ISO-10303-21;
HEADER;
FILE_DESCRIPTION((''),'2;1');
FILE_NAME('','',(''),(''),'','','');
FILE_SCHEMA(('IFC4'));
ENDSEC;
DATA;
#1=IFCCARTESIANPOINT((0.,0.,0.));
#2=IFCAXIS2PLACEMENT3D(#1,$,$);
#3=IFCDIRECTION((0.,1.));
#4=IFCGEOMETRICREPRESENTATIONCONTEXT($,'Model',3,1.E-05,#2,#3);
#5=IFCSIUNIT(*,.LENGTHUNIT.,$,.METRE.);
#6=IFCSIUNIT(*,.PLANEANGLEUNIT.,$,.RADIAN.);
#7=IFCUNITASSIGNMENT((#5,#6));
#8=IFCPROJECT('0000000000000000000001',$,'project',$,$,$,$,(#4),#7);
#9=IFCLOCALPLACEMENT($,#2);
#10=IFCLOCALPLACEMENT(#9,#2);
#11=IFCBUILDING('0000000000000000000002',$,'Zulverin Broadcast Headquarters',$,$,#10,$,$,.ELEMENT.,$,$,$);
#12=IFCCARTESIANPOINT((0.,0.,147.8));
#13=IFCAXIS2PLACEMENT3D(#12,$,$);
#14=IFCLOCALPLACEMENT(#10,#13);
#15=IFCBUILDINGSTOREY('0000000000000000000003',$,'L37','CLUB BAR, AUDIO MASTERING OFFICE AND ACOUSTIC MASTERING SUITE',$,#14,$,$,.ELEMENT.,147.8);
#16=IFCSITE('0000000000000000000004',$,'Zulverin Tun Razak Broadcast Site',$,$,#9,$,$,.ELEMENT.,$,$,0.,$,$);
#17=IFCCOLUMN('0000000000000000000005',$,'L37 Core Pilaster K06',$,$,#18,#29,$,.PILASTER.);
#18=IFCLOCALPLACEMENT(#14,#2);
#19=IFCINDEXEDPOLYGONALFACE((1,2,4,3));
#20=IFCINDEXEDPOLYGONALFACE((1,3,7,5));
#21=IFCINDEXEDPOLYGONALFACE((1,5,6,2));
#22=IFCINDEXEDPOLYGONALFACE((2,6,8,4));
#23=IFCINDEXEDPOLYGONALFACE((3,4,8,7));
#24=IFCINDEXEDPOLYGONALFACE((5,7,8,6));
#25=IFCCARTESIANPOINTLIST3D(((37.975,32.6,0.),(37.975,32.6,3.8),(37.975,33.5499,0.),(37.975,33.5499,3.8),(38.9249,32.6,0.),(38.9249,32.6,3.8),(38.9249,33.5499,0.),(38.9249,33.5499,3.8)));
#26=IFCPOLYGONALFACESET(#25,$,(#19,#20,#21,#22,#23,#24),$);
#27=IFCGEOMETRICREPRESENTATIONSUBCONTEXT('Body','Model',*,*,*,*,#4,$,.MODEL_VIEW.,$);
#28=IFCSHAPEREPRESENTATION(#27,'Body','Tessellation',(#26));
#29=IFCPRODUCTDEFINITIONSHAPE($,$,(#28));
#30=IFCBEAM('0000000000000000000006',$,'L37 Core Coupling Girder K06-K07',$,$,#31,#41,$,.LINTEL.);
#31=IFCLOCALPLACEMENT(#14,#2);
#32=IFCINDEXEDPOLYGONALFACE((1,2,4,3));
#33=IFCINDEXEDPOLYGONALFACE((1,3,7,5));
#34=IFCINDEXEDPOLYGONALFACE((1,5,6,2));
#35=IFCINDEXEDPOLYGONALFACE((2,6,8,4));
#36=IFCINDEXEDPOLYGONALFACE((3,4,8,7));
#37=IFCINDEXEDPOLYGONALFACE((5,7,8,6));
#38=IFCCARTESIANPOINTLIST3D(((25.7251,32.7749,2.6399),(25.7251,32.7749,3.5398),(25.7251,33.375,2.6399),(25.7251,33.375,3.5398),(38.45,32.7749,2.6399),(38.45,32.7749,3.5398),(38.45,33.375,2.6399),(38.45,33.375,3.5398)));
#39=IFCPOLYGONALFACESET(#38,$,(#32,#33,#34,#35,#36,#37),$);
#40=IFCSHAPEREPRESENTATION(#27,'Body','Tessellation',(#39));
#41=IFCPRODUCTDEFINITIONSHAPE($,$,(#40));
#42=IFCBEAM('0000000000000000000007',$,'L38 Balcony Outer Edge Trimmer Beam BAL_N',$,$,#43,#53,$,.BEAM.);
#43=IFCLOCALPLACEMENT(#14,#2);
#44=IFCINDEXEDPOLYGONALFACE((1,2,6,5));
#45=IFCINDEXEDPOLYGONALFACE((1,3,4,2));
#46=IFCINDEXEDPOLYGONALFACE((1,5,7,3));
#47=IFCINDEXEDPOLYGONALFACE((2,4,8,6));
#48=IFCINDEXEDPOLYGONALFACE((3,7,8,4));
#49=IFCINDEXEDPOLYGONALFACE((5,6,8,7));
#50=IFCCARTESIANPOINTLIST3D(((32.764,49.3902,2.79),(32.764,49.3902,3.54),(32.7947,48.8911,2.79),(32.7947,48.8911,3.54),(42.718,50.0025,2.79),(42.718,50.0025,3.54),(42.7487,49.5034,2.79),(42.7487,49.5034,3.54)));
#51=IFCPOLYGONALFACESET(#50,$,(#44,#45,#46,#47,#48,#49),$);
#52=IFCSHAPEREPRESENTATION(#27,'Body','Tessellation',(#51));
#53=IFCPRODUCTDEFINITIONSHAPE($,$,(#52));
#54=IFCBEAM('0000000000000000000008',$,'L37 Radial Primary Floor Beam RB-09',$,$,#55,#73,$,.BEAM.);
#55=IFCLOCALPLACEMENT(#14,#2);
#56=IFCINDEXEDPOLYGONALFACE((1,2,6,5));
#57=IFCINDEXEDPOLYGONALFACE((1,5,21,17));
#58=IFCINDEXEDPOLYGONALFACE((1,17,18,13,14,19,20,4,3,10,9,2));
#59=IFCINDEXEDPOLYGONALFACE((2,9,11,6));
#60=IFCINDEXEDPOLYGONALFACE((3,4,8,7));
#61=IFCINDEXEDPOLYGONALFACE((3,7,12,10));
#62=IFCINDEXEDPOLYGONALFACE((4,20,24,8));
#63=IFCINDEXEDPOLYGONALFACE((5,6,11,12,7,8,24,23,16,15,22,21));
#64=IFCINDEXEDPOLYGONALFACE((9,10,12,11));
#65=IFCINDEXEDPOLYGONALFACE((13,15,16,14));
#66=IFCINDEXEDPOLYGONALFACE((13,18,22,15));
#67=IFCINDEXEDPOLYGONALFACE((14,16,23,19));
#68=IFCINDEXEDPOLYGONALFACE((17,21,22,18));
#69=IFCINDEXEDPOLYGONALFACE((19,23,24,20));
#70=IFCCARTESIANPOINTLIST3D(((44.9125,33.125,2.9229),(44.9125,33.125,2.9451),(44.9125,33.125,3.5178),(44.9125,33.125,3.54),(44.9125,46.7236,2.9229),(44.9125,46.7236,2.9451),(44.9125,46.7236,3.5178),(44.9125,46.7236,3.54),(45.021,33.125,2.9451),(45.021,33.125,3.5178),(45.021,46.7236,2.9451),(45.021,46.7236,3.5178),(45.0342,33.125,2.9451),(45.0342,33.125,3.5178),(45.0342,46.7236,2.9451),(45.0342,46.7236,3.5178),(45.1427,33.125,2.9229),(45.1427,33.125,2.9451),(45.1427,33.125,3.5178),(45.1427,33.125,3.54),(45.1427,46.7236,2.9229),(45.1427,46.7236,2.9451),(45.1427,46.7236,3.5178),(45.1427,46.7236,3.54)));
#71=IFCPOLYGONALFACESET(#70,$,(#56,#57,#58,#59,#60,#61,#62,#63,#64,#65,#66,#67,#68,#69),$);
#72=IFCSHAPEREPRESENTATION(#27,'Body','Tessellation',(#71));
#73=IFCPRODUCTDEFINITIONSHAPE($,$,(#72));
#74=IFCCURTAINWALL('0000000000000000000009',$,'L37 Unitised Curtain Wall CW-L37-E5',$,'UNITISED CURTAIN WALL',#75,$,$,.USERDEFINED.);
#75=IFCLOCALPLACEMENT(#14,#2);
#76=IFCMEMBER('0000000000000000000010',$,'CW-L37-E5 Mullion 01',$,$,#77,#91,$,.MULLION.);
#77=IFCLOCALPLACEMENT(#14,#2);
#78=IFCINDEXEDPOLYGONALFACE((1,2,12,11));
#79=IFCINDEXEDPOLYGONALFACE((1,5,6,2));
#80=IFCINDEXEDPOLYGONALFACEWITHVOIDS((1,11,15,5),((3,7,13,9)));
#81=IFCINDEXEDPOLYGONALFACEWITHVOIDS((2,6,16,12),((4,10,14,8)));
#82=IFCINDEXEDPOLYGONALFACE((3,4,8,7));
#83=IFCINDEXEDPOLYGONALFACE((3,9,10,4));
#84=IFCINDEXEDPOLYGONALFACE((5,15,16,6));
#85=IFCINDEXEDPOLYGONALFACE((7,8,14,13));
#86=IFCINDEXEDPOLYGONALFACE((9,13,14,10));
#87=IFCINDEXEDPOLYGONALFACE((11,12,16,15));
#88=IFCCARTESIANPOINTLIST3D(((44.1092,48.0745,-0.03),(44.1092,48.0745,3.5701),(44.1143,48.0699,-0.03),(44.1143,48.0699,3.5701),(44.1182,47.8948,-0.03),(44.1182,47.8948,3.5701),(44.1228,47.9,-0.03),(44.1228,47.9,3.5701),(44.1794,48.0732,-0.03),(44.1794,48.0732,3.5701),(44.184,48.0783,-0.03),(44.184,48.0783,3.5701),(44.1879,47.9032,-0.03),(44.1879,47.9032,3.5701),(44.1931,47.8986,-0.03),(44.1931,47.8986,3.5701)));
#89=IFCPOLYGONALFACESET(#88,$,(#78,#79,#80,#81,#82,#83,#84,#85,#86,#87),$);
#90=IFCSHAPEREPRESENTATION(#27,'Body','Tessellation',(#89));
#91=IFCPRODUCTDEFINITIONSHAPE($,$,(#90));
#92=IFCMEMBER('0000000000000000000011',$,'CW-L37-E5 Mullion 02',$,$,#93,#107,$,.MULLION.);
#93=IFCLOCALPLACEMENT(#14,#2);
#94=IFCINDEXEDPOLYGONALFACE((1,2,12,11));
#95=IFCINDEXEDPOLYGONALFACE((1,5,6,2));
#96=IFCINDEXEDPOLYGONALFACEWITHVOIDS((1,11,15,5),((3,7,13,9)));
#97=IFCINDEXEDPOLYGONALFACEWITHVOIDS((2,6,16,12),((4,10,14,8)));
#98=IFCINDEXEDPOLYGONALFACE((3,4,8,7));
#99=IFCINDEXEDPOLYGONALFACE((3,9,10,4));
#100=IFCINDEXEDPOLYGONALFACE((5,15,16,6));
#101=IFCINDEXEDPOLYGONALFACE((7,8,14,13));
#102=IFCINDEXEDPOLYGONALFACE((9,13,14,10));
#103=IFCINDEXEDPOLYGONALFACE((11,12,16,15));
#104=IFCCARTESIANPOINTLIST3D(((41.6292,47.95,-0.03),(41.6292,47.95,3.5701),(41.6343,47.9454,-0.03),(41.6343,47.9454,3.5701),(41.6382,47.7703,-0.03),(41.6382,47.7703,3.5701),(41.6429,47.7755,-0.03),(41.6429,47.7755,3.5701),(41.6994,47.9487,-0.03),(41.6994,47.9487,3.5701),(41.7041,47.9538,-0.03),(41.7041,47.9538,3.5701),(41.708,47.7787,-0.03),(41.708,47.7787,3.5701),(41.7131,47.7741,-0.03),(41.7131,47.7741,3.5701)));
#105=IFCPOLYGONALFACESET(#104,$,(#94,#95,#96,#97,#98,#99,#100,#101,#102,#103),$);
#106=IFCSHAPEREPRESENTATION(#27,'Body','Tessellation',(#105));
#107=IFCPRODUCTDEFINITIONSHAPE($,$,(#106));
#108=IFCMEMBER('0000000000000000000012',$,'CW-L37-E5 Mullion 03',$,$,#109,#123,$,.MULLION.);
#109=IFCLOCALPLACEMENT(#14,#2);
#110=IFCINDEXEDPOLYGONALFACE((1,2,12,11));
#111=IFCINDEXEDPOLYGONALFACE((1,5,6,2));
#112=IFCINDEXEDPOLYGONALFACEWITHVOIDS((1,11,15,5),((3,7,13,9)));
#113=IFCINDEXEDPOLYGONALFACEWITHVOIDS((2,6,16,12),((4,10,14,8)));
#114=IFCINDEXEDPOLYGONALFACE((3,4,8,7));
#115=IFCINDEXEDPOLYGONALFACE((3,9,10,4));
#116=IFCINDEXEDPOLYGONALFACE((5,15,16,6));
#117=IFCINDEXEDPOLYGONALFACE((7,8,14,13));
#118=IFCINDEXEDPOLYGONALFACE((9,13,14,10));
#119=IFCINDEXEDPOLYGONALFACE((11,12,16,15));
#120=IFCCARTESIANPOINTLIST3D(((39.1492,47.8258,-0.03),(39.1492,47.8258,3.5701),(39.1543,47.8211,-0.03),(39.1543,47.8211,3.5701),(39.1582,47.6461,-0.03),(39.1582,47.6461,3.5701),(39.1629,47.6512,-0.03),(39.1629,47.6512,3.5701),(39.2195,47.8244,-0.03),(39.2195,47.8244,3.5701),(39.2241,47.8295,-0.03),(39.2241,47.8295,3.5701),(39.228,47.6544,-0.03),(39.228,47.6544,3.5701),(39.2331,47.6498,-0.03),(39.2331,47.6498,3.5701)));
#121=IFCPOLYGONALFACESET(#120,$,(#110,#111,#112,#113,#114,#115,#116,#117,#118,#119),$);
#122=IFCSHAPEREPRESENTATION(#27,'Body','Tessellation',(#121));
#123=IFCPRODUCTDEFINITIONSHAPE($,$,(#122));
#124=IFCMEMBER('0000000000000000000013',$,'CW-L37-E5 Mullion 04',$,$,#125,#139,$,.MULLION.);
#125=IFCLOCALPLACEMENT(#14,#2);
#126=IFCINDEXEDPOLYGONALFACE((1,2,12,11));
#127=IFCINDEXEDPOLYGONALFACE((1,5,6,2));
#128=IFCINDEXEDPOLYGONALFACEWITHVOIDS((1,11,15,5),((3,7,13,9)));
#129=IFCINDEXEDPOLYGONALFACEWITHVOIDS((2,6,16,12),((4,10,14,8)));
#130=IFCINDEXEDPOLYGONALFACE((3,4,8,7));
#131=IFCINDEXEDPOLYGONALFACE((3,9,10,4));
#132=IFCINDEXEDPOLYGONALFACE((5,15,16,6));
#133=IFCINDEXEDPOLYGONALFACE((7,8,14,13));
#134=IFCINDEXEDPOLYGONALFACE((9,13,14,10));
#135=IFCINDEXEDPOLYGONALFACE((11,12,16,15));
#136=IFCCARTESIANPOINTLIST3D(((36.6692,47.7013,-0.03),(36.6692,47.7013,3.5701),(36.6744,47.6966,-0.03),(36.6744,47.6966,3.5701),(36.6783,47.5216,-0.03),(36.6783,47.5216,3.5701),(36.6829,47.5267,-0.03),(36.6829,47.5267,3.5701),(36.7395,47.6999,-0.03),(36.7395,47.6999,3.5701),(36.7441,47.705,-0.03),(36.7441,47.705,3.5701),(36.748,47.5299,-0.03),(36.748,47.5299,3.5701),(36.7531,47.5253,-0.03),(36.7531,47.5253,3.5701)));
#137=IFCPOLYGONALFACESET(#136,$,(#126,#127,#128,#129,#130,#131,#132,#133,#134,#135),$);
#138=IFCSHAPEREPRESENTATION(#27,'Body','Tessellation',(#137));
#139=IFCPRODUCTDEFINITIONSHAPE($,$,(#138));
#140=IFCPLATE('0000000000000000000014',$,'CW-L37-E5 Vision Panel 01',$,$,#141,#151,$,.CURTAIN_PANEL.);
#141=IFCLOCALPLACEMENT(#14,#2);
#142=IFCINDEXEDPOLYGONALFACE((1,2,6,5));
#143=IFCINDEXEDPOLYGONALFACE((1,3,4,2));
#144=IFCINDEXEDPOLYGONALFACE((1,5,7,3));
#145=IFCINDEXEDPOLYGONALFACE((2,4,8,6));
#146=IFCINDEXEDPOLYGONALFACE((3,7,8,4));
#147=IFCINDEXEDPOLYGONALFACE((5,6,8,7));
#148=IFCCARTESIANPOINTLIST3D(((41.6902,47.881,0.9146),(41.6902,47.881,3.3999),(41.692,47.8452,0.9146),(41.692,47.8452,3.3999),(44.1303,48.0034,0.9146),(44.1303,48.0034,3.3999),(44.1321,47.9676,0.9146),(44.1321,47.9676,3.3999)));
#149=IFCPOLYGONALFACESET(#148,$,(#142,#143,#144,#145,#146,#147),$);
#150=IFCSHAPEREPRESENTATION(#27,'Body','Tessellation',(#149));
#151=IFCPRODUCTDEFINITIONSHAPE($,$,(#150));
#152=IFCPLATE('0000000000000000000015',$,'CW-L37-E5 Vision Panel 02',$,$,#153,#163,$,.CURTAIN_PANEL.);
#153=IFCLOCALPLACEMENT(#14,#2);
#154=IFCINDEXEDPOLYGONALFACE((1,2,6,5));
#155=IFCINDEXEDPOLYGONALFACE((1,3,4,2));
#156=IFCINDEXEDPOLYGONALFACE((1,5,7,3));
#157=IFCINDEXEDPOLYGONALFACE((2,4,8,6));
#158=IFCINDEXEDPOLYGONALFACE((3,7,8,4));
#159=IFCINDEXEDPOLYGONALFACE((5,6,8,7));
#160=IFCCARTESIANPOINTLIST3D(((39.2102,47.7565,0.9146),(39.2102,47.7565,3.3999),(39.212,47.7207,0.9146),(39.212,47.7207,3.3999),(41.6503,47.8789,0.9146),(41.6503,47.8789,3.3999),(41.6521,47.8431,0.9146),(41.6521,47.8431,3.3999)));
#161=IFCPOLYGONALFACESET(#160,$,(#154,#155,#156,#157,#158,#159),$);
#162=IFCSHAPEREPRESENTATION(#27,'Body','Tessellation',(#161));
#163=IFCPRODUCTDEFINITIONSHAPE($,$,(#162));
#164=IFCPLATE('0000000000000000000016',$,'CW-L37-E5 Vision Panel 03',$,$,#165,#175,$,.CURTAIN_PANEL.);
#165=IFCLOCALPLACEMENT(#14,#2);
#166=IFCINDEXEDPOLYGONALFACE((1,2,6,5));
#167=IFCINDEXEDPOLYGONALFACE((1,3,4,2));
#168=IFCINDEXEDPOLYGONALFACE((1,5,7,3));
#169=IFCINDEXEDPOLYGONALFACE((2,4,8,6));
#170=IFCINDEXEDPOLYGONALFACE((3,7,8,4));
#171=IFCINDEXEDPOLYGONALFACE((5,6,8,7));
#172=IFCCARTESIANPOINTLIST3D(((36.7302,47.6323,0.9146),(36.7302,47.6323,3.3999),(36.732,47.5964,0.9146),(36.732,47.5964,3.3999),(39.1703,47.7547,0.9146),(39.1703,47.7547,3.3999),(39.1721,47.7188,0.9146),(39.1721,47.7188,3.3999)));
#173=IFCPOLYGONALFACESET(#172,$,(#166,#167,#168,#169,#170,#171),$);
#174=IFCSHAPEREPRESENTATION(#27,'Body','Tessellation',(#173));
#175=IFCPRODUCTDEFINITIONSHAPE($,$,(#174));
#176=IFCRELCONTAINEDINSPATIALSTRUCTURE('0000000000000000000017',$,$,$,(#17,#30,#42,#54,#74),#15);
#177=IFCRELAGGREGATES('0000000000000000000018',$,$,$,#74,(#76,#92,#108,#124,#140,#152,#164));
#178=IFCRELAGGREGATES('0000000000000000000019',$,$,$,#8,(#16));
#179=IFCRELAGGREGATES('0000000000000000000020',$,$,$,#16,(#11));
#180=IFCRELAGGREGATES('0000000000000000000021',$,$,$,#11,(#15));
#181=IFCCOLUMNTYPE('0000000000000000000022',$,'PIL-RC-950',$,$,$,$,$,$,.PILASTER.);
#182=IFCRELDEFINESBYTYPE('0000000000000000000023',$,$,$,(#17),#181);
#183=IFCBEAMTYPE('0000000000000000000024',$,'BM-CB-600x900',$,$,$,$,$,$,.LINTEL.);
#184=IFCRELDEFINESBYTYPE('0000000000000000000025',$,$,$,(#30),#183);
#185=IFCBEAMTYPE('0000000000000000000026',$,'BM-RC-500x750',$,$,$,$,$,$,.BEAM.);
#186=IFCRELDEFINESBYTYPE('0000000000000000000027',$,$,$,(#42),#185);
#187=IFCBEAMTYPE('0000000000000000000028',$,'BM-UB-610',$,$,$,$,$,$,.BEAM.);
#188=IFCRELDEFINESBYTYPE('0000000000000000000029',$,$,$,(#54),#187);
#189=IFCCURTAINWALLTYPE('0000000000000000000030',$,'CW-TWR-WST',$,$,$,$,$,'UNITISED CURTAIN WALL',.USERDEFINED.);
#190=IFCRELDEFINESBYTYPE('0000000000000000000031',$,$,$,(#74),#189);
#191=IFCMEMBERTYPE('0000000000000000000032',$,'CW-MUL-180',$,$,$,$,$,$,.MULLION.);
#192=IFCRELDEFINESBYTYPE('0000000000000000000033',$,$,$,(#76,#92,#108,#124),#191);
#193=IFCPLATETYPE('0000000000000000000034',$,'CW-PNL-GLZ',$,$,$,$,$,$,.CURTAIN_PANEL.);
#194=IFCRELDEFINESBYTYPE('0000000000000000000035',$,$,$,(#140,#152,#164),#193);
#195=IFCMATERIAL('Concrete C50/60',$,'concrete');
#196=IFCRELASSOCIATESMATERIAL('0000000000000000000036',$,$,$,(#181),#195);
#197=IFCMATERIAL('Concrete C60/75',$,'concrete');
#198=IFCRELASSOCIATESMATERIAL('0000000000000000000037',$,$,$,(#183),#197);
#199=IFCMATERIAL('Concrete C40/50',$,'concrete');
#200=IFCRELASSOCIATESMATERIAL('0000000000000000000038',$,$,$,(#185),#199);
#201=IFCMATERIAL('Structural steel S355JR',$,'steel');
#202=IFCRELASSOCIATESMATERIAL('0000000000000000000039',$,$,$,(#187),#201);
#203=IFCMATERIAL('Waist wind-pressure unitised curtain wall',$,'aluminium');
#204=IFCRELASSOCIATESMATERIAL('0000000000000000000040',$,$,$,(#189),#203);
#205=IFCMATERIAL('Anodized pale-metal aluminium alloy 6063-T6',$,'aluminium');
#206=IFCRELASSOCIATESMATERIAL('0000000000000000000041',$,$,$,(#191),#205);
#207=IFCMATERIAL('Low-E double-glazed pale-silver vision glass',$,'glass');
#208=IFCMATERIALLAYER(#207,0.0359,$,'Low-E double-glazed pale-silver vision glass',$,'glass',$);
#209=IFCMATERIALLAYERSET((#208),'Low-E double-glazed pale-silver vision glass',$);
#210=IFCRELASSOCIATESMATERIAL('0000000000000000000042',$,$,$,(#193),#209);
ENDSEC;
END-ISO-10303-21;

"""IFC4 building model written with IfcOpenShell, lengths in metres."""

from ifc_helpers import new_model, si_unit, direction, frame, origin, origin_2d, place, context, subcontext, project, spatial, rectangle, hollow_rectangle, i_section, extrude, material, layer, layer_set, material_profile, profile_set, type_object, element, aggregate, save


model = new_model("IFC4")

# Units and contexts
model_context = context("Model", 3, precision=1e-05, world=origin(), true_north=direction((0.0, 1.0)))
body_context = subcontext(model_context, "Body", "Model", "MODEL_VIEW")
ifc_project = project(units=[si_unit("LENGTHUNIT", "METRE"), si_unit("PLANEANGLEUNIT", "RADIAN")], contexts=[model_context])

# Site, building, storey
site_placement = place(None, origin())
site = spatial("IfcSite", under=ifc_project, at=site_placement, Name="Zulverin Tun Razak Broadcast Site", CompositionType="ELEMENT", RefElevation=0.0)
building_placement = place(site_placement, origin())
building = spatial("IfcBuilding", under=site, at=building_placement, Name="Zulverin Broadcast Headquarters", CompositionType="ELEMENT")
storey_placement = place(building_placement, frame((0.0, 0.0, 147.8)))
storey = spatial("IfcBuildingStorey", under=building, at=storey_placement, Name="L37", Description="CLUB BAR, AUDIO MASTERING OFFICE AND ACOUSTIC MASTERING SUITE", CompositionType="ELEMENT", Elevation=147.8)

# Column
ifc_material_1 = material(Name="Concrete C50/60", Category="concrete")
ifc_material_profile_1 = material_profile(ifc_material_1, rectangle(XDim=0.95, YDim=0.95, at=origin_2d()), Name="Concrete C50/60", Category="concrete")
ifc_profile_set_1 = profile_set([ifc_material_profile_1], Name="Concrete C50/60")
column_type = type_object("IfcColumnType", Name="PIL-RC-950", PredefinedType="PILASTER", material=ifc_profile_set_1)
column_placement = place(storey_placement, frame((38.45, 33.075, 0.0), z_axis=(0.0, 0.0, 1.0), x_axis=(1.0, 0.0, 0.0)))
element("IfcColumn", 1, at=column_placement, inside=storey, type_object=column_type, Name="L37 Core Pilaster K06", PredefinedType="PILASTER", context=body_context, shape_type="SweptSolid", body=[
    extrude(rectangle(XDim=0.95, YDim=0.95, at=origin_2d()), origin(), (0.0, 0.0, 1.0), 3.8),
])

# Beams
ifc_material_2 = material(Name="Concrete C60/75", Category="concrete")
ifc_material_profile_2 = material_profile(ifc_material_2, rectangle(XDim=0.6001, YDim=0.8999, at=origin_2d()), Name="Concrete C60/75", Category="concrete")
ifc_profile_set_2 = profile_set([ifc_material_profile_2], Name="Concrete C60/75")
beam_type_1 = type_object("IfcBeamType", Name="BM-CB-600x900", PredefinedType="LINTEL", material=ifc_profile_set_2)
beam_1_placement = place(storey_placement, frame((38.45, 33.075, 3.0898), z_axis=(-1.0, 0.0, 0.0), x_axis=(0.0, -1.0, 0.0)))
element("IfcBeam", 2, at=beam_1_placement, inside=storey, type_object=beam_type_1, Name="L37 Core Coupling Girder K06-K07", PredefinedType="LINTEL", context=body_context, shape_type="SweptSolid", body=[
    extrude(rectangle(XDim=0.6001, YDim=0.8999, at=origin_2d()), origin(), (0.0, 0.0, 1.0), 12.7249),
])
ifc_material_3 = material(Name="Concrete C40/50", Category="concrete")
ifc_material_profile_3 = material_profile(ifc_material_3, rectangle(XDim=0.5, YDim=0.75, at=origin_2d()), Name="Concrete C40/50", Category="concrete")
ifc_profile_set_3 = profile_set([ifc_material_profile_3], Name="Concrete C40/50")
beam_type_2 = type_object("IfcBeamType", Name="BM-RC-500x750", PredefinedType="BEAM", material=ifc_profile_set_3)
beam_2_placement = place(storey_placement, frame((42.7334, 49.7529, 3.165), z_axis=(-0.998113, -0.061397, 0.0), x_axis=(0.061397, -0.998113, 0.0)))
element("IfcBeam", 3, at=beam_2_placement, inside=storey, type_object=beam_type_2, Name="L38 Balcony Outer Edge Trimmer Beam BAL_N", PredefinedType="BEAM", context=body_context, shape_type="SweptSolid", body=[
    extrude(rectangle(XDim=0.5, YDim=0.75, at=origin_2d()), origin(), (0.0, 0.0, 1.0), 9.9729),
])
ifc_material_4 = material(Name="Structural steel S355JR", Category="steel")
ifc_material_profile_4 = material_profile(ifc_material_4, i_section(OverallWidth=0.2302, OverallDepth=0.6172, WebThickness=0.0132, FlangeThickness=0.0222, at=origin_2d()), Name="Structural steel S355JR", Category="steel")
ifc_profile_set_4 = profile_set([ifc_material_profile_4], Name="Structural steel S355JR")
beam_type_3 = type_object("IfcBeamType", Name="BM-UB-610", PredefinedType="BEAM", material=ifc_profile_set_4)
beam_3_placement = place(storey_placement, frame((45.0276, 33.125, 3.2314), z_axis=(0.0, 1.0, 0.0), x_axis=(-1.0, 0.0, 0.0)))
element("IfcBeam", 4, at=beam_3_placement, inside=storey, type_object=beam_type_3, Name="L37 Radial Primary Floor Beam RB-09", PredefinedType="BEAM", context=body_context, shape_type="SweptSolid", body=[
    extrude(i_section(OverallWidth=0.2302, OverallDepth=0.6172, WebThickness=0.0132, FlangeThickness=0.0222, at=origin_2d()), origin(), (0.0, 0.0, 1.0), 13.5986),
])

# Curtain wall, members, plates
ifc_material_5 = material(Name="Waist wind-pressure unitised curtain wall", Category="aluminium")
curtain_wall_type = type_object("IfcCurtainWallType", Name="CW-TWR-WST", ElementType="UNITISED CURTAIN WALL", PredefinedType="USERDEFINED", material=ifc_material_5)
curtain_wall_placement = place(storey_placement, origin())
curtain_wall = element("IfcCurtainWall", 5, at=curtain_wall_placement, inside=storey, type_object=curtain_wall_type, Name="L37 Unitised Curtain Wall CW-L37-E5", ObjectType="UNITISED CURTAIN WALL", PredefinedType="USERDEFINED")
ifc_material_6 = material(Name="Anodized pale-metal aluminium alloy 6063-T6", Category="aluminium")
ifc_material_profile_5 = material_profile(ifc_material_6, hollow_rectangle(XDim=0.075, YDim=0.1799, WallThickness=0.0049, at=origin_2d()), Name="Anodized pale-metal aluminium alloy 6063-T6", Category="aluminium")
ifc_profile_set_5 = profile_set([ifc_material_profile_5], Name="Anodized pale-metal aluminium alloy 6063-T6")
member_type = type_object("IfcMemberType", Name="CW-MUL-180", PredefinedType="MULLION", material=ifc_profile_set_5)
member_1_placement = place(storey_placement, frame((44.1511, 47.9866, -0.03), z_axis=(0.0, 0.0, 1.0), x_axis=(-0.998744, -0.050105, 0.0)))
member_1 = element("IfcMember", 6, at=member_1_placement, type_object=member_type, Name="CW-L37-E5 Mullion 01", PredefinedType="MULLION", context=body_context, shape_type="SweptSolid", body=[
    extrude(hollow_rectangle(XDim=0.075, YDim=0.1799, WallThickness=0.0049, at=origin_2d()), origin(), (0.0, 0.0, 1.0), 3.6001),
])
member_2_placement = place(storey_placement, frame((41.6711, 47.8621, -0.03), z_axis=(0.0, 0.0, 1.0), x_axis=(-0.998744, -0.050105, 0.0)))
member_2 = element("IfcMember", 7, at=member_2_placement, type_object=member_type, Name="CW-L37-E5 Mullion 02", PredefinedType="MULLION", context=body_context, shape_type="SweptSolid", body=[
    extrude(hollow_rectangle(XDim=0.075, YDim=0.1799, WallThickness=0.0049, at=origin_2d()), origin(), (0.0, 0.0, 1.0), 3.6001),
])
member_3_placement = place(storey_placement, frame((39.1912, 47.7378, -0.03), z_axis=(0.0, 0.0, 1.0), x_axis=(-0.998744, -0.050105, 0.0)))
member_3 = element("IfcMember", 8, at=member_3_placement, type_object=member_type, Name="CW-L37-E5 Mullion 03", PredefinedType="MULLION", context=body_context, shape_type="SweptSolid", body=[
    extrude(hollow_rectangle(XDim=0.075, YDim=0.1799, WallThickness=0.0049, at=origin_2d()), origin(), (0.0, 0.0, 1.0), 3.6001),
])
member_4_placement = place(storey_placement, frame((36.7112, 47.6133, -0.03), z_axis=(0.0, 0.0, 1.0), x_axis=(-0.998744, -0.050105, 0.0)))
member_4 = element("IfcMember", 9, at=member_4_placement, type_object=member_type, Name="CW-L37-E5 Mullion 04", PredefinedType="MULLION", context=body_context, shape_type="SweptSolid", body=[
    extrude(hollow_rectangle(XDim=0.075, YDim=0.1799, WallThickness=0.0049, at=origin_2d()), origin(), (0.0, 0.0, 1.0), 3.6001),
])
ifc_material_7 = material(Name="Low-E double-glazed pale-silver vision glass", Category="glass")
ifc_layer_1 = layer(ifc_material_7, 0.0359, Name="Low-E double-glazed pale-silver vision glass", Category="glass")
ifc_layer_set_1 = layer_set([ifc_layer_1], Name="Low-E double-glazed pale-silver vision glass")
plate_type_1 = type_object("IfcPlateType", Name="CW-PNL-GLZ", PredefinedType="CURTAIN_PANEL", material=ifc_layer_set_1)
plate_1_placement = place(storey_placement, frame((42.9111, 47.9243, 0.9146), z_axis=(0.0, 0.0, 1.0), x_axis=(-0.998744, -0.050105, 0.0)))
plate_1 = element("IfcPlate", 10, at=plate_1_placement, type_object=plate_type_1, Name="CW-L37-E5 Vision Panel 01", PredefinedType="CURTAIN_PANEL", context=body_context, shape_type="SweptSolid", body=[
    extrude(rectangle(XDim=2.4431, YDim=0.0359, at=origin_2d()), origin(), (0.0, 0.0, 1.0), 2.4854),
])
plate_2_placement = place(storey_placement, frame((40.4312, 47.7998, 0.9146), z_axis=(0.0, 0.0, 1.0), x_axis=(-0.998744, -0.050105, 0.0)))
plate_2 = element("IfcPlate", 11, at=plate_2_placement, type_object=plate_type_1, Name="CW-L37-E5 Vision Panel 02", PredefinedType="CURTAIN_PANEL", context=body_context, shape_type="SweptSolid", body=[
    extrude(rectangle(XDim=2.4431, YDim=0.0359, at=origin_2d()), origin(), (0.0, 0.0, 1.0), 2.4854),
])
plate_3_placement = place(storey_placement, frame((37.9512, 47.6755, 0.9146), z_axis=(0.0, 0.0, 1.0), x_axis=(-0.998744, -0.050105, 0.0)))
plate_3 = element("IfcPlate", 12, at=plate_3_placement, type_object=plate_type_1, Name="CW-L37-E5 Vision Panel 03", PredefinedType="CURTAIN_PANEL", context=body_context, shape_type="SweptSolid", body=[
    extrude(rectangle(XDim=2.4431, YDim=0.0359, at=origin_2d()), origin(), (0.0, 0.0, 1.0), 2.4854),
])
aggregate(curtain_wall, [member_1, member_2, member_3, member_4, plate_1, plate_2, plate_3])

save(model, "model.ifc")
